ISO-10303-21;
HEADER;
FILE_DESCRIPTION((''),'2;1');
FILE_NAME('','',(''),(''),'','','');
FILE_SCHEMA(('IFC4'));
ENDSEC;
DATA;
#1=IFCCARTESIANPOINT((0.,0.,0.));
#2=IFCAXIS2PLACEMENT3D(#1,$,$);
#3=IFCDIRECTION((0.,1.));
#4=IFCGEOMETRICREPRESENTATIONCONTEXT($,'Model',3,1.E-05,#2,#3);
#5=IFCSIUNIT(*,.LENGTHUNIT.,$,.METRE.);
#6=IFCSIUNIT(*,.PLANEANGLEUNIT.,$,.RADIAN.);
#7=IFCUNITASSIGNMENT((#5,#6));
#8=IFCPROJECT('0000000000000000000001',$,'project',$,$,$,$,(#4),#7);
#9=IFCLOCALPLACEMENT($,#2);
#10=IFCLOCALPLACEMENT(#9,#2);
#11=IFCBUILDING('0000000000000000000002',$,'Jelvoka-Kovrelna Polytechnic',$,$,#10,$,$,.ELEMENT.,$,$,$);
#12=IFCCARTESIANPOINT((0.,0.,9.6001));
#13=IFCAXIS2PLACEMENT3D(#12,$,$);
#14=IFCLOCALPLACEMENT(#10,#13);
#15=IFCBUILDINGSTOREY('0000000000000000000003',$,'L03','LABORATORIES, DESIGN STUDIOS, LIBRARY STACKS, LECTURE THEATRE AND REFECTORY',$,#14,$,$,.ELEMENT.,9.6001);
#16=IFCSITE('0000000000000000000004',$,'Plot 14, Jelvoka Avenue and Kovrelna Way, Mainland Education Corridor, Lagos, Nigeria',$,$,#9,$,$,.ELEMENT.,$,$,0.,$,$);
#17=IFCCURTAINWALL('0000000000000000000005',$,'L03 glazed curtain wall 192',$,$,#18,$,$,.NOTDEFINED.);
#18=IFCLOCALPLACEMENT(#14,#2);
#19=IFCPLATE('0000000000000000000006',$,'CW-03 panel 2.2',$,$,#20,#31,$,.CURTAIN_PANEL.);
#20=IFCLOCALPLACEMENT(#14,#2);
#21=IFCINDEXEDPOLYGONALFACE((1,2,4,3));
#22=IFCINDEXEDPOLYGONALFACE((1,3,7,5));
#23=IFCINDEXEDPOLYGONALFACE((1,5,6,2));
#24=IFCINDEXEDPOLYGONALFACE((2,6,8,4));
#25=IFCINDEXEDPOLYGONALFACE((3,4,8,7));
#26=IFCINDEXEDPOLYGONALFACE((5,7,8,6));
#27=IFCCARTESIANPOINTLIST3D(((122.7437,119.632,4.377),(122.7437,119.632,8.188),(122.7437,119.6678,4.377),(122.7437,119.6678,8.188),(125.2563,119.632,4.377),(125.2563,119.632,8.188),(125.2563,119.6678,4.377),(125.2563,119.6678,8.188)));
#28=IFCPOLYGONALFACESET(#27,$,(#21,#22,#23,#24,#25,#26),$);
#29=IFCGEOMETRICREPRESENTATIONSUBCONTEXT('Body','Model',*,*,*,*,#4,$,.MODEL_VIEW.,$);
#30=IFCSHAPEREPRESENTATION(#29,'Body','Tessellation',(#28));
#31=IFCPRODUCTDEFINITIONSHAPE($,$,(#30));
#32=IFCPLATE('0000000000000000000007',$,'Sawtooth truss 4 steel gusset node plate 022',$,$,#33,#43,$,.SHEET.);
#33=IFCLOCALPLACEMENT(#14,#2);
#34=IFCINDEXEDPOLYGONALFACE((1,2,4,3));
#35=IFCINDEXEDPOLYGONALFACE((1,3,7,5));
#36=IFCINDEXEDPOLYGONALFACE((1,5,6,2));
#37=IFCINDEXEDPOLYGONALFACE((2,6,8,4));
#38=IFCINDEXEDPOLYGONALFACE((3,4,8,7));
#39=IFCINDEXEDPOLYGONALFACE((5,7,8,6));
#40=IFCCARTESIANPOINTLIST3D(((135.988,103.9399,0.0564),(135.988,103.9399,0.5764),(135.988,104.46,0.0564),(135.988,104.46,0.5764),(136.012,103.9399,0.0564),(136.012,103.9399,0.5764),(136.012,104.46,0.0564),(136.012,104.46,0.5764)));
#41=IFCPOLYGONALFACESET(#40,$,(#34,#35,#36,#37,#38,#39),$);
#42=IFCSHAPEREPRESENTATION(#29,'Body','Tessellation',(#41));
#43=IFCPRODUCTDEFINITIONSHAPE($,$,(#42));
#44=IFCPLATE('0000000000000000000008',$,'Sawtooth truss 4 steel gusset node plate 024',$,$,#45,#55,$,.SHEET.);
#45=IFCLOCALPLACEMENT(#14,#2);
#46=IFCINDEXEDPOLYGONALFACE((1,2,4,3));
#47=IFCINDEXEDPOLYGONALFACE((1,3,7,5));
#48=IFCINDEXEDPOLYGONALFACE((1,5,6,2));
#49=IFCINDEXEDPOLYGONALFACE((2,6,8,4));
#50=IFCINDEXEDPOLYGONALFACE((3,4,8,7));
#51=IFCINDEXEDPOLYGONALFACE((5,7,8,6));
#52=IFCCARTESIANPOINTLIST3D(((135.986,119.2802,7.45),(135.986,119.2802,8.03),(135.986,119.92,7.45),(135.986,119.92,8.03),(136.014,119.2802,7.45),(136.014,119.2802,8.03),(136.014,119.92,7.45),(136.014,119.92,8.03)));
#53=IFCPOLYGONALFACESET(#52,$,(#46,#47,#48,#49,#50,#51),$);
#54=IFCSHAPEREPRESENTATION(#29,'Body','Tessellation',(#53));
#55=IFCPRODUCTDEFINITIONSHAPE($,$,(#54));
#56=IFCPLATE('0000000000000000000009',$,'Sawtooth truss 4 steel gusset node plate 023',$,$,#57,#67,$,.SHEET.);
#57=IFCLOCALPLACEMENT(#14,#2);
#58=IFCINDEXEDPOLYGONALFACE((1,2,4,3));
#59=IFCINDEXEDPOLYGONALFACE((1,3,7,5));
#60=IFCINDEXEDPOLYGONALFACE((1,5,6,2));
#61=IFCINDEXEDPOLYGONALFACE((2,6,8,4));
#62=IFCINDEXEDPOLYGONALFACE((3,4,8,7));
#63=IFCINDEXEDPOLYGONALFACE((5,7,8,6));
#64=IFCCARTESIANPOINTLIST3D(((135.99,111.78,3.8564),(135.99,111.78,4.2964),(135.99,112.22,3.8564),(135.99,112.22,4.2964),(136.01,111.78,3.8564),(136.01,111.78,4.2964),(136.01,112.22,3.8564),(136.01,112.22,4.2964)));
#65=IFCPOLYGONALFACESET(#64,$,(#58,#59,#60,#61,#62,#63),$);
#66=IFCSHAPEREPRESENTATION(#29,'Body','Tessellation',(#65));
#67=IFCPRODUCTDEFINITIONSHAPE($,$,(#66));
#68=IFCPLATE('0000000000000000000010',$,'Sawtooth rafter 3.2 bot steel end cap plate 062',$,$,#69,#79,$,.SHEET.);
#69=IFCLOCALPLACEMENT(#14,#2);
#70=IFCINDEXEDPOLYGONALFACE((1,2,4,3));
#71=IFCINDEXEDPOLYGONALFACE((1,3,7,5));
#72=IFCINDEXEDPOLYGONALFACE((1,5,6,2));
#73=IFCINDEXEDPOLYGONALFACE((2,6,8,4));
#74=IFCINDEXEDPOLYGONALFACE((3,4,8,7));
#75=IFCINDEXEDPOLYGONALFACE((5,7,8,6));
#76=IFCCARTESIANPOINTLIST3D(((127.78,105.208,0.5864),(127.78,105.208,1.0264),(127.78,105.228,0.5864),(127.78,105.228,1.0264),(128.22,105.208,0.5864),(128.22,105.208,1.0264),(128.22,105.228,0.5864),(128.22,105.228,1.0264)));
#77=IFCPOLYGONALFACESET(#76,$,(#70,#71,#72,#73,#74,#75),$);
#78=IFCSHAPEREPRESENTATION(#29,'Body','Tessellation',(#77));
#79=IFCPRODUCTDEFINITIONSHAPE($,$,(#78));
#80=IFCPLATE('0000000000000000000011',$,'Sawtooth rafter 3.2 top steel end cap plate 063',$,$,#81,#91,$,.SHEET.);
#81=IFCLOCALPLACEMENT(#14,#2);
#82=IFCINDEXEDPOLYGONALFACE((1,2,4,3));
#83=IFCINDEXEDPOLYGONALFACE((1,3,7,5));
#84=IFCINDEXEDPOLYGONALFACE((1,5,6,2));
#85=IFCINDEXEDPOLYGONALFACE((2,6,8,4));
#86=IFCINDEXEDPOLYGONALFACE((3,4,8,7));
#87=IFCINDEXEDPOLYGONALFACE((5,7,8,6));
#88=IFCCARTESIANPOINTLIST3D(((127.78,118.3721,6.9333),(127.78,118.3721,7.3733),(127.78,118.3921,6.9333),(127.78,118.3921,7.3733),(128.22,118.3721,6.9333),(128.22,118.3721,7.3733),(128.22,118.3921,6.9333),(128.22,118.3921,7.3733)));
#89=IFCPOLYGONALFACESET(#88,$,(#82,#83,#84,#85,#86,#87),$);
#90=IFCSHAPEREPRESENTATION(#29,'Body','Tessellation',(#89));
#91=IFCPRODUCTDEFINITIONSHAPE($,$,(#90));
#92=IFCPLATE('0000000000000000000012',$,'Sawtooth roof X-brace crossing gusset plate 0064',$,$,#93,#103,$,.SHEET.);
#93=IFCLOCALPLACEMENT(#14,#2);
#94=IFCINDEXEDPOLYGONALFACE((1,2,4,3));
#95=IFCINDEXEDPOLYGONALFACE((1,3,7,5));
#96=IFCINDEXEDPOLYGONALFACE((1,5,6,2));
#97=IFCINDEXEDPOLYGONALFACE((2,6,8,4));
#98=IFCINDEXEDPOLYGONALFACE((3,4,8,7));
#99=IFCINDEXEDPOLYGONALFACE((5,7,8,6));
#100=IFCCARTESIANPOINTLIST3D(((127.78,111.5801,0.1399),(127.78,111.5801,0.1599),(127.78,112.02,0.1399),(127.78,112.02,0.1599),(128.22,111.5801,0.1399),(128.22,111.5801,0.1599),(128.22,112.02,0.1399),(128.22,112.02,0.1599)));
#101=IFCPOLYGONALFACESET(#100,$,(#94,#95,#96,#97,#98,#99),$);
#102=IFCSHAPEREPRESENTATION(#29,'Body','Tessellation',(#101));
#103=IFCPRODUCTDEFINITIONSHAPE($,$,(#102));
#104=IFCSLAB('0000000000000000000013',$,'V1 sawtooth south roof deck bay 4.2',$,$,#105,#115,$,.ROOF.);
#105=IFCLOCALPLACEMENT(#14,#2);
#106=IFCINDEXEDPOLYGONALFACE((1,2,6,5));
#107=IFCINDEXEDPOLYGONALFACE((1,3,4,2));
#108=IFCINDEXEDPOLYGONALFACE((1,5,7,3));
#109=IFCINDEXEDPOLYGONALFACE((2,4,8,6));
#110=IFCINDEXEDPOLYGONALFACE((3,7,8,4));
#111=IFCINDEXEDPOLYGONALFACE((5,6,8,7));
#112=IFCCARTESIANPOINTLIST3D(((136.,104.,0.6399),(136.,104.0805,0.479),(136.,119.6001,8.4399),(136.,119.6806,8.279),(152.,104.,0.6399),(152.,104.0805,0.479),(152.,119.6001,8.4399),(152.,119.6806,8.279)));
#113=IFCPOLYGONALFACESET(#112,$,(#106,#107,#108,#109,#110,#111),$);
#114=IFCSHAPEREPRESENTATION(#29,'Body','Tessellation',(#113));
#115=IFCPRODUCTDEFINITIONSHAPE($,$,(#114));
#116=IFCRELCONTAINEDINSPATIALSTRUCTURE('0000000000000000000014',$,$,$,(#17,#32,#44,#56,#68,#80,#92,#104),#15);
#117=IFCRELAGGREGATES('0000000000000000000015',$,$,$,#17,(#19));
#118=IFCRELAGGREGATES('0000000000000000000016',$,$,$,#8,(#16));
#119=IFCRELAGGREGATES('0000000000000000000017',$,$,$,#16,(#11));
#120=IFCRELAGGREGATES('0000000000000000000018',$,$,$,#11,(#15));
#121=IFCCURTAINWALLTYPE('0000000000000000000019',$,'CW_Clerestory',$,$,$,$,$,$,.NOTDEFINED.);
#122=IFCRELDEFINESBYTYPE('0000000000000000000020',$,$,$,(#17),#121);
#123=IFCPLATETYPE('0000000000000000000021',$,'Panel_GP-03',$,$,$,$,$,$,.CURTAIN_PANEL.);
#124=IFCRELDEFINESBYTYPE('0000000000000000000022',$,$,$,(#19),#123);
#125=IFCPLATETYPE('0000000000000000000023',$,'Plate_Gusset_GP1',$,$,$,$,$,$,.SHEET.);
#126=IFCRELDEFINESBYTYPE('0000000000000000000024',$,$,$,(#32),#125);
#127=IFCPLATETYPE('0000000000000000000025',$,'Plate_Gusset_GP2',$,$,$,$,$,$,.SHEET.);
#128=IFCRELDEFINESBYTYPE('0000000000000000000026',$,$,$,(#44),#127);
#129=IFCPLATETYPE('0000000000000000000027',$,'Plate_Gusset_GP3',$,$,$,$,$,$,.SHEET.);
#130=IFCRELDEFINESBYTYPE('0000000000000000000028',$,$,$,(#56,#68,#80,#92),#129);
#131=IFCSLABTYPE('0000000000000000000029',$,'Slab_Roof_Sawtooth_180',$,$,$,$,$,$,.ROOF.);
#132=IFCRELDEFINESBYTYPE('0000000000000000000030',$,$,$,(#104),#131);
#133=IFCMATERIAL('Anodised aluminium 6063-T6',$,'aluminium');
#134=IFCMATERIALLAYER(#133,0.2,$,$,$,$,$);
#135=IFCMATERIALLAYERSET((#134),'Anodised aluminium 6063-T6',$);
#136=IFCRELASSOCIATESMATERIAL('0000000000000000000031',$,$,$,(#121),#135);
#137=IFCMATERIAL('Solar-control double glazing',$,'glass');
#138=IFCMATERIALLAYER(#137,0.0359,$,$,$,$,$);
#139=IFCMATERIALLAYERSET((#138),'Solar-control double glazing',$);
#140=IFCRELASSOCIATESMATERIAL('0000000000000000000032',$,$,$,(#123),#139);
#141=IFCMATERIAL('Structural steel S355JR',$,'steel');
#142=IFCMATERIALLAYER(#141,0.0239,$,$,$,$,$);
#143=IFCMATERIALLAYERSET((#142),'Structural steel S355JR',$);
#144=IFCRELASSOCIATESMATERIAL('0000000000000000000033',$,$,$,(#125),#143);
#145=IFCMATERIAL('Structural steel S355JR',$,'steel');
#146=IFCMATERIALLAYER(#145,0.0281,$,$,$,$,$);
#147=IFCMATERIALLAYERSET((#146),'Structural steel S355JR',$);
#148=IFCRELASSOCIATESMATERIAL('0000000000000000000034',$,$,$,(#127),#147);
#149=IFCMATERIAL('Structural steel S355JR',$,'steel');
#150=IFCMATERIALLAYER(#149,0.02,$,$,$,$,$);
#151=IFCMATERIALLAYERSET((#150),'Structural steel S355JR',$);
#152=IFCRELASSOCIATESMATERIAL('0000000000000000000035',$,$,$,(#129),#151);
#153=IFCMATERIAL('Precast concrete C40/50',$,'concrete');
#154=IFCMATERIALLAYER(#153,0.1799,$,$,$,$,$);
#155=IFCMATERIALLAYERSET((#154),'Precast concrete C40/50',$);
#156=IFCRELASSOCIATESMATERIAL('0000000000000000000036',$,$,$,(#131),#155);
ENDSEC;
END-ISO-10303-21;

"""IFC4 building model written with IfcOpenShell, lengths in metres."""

from ifc_helpers import new_model, si_unit, direction, frame, origin, origin_2d, place, context, subcontext, project, spatial, polyline, rectangle, outline, extrude, material, layer, layer_set, type_object, element, aggregate, save


model = new_model("IFC4")

# Units and contexts
model_context = context("Model", 3, precision=1e-05, world=origin(), true_north=direction((0.0, 1.0)))
body_context = subcontext(model_context, "Body", "Model", "MODEL_VIEW")
ifc_project = project(units=[si_unit("LENGTHUNIT", "METRE"), si_unit("PLANEANGLEUNIT", "RADIAN")], contexts=[model_context])

# Site, building, storey
site_placement = place(None, origin())
site = spatial("IfcSite", under=ifc_project, at=site_placement, Name="Plot 14, Jelvoka Avenue and Kovrelna Way, Mainland Education Corridor, Lagos, Nigeria", CompositionType="ELEMENT", RefElevation=0.0)
building_placement = place(site_placement, origin())
building = spatial("IfcBuilding", under=site, at=building_placement, Name="Jelvoka-Kovrelna Polytechnic", CompositionType="ELEMENT")
storey_placement = place(building_placement, frame((0.0, 0.0, 9.6001)))
storey = spatial("IfcBuildingStorey", under=building, at=storey_placement, Name="L03", Description="LABORATORIES, DESIGN STUDIOS, LIBRARY STACKS, LECTURE THEATRE AND REFECTORY", CompositionType="ELEMENT", Elevation=9.6001)

# Curtain wall
ifc_material_1 = material(Name="Anodised aluminium 6063-T6", Category="aluminium")
ifc_layer_1 = layer(ifc_material_1, 0.2)
ifc_layer_set_1 = layer_set([ifc_layer_1], Name="Anodised aluminium 6063-T6")
curtain_wall_type = type_object("IfcCurtainWallType", Name="CW_Clerestory", PredefinedType="NOTDEFINED", material=ifc_layer_set_1)
curtain_wall_placement = place(storey_placement, origin())
curtain_wall = element("IfcCurtainWall", 1, at=curtain_wall_placement, inside=storey, type_object=curtain_wall_type, Name="L03 glazed curtain wall 192", PredefinedType="NOTDEFINED")

# Plate
ifc_material_2 = material(Name="Solar-control double glazing", Category="glass")
ifc_layer_2 = layer(ifc_material_2, 0.0359)
ifc_layer_set_2 = layer_set([ifc_layer_2], Name="Solar-control double glazing")
plate_type_1 = type_object("IfcPlateType", Name="Panel_GP-03", PredefinedType="CURTAIN_PANEL", material=ifc_layer_set_2)
plate_1_placement = place(storey_placement, frame((124.0, 119.6499, 4.377), z_axis=(0.0, 0.0, 1.0), x_axis=(1.0, 0.0, 0.0)))
plate_1 = element("IfcPlate", 2, at=plate_1_placement, type_object=plate_type_1, Name="CW-03 panel 2.2", PredefinedType="CURTAIN_PANEL", context=body_context, shape_type="SweptSolid", body=[
    extrude(rectangle(XDim=2.5127, YDim=0.0359, at=origin_2d()), origin(), (0.0, 0.0, 1.0), 3.811),
])
aggregate(curtain_wall, [plate_1])

# Plates
ifc_material_3 = material(Name="Structural steel S355JR", Category="steel")
ifc_layer_3 = layer(ifc_material_3, 0.0239)
ifc_layer_set_3 = layer_set([ifc_layer_3], Name="Structural steel S355JR")
plate_type_2 = type_object("IfcPlateType", Name="Plate_Gusset_GP1", PredefinedType="SHEET", material=ifc_layer_set_3)
plate_2_placement = place(storey_placement, frame((136.0, 104.2, 0.0564), z_axis=(0.0, 0.0, 1.0), x_axis=(0.0, 1.0, 0.0)))
element("IfcPlate", 3, at=plate_2_placement, inside=storey, type_object=plate_type_2, Name="Sawtooth truss 4 steel gusset node plate 022", PredefinedType="SHEET", context=body_context, shape_type="SweptSolid", body=[
    extrude(rectangle(XDim=0.52, YDim=0.0239, at=origin_2d()), origin(), (0.0, 0.0, 1.0), 0.52),
])
ifc_material_4 = material(Name="Structural steel S355JR", Category="steel")
ifc_layer_4 = layer(ifc_material_4, 0.0281)
ifc_layer_set_4 = layer_set([ifc_layer_4], Name="Structural steel S355JR")
plate_type_3 = type_object("IfcPlateType", Name="Plate_Gusset_GP2", PredefinedType="SHEET", material=ifc_layer_set_4)
plate_3_placement = place(storey_placement, frame((136.0, 119.6001, 7.45), z_axis=(0.0, 0.0, 1.0), x_axis=(0.0, 1.0, 0.0)))
element("IfcPlate", 4, at=plate_3_placement, inside=storey, type_object=plate_type_3, Name="Sawtooth truss 4 steel gusset node plate 024", PredefinedType="SHEET", context=body_context, shape_type="SweptSolid", body=[
    extrude(rectangle(XDim=0.6399, YDim=0.0281, at=origin_2d()), origin(), (0.0, 0.0, 1.0), 0.5801),
])
ifc_material_5 = material(Name="Structural steel S355JR", Category="steel")
ifc_layer_5 = layer(ifc_material_5, 0.02)
ifc_layer_set_5 = layer_set([ifc_layer_5], Name="Structural steel S355JR")
plate_type_4 = type_object("IfcPlateType", Name="Plate_Gusset_GP3", PredefinedType="SHEET", material=ifc_layer_set_5)
for number, where, z_axis, x_axis, name in (
    (5, (136.0, 112.0, 3.8564), (0.0, 0.0, 1.0), (0.0, 1.0, 0.0), "Sawtooth truss 4 steel gusset node plate 023"),
    (6, (128.0, 105.218, 0.5864), (0.0, 0.0, 1.0), (1.0, 0.0, 0.0), "Sawtooth rafter 3.2 bot steel end cap plate 062"),
    (7, (128.0, 118.3821, 6.9333), (0.0, 0.0, 1.0), (1.0, 0.0, 0.0), "Sawtooth rafter 3.2 top steel end cap plate 063"),
):
    element("IfcPlate", number, at=place(storey_placement, frame(where, z_axis=z_axis, x_axis=x_axis)), inside=storey, type_object=plate_type_4, Name=name, PredefinedType="SHEET", context=body_context, shape_type="SweptSolid", body=[
        extrude(rectangle(XDim=0.4399, YDim=0.02, at=origin_2d()), origin(), (0.0, 0.0, 1.0), 0.4399),
    ])
plate_4_placement = place(storey_placement, frame((128.0, 111.8, 0.1399), z_axis=(0.0, 0.0, 1.0), x_axis=(1.0, 0.0, 0.0)))
element("IfcPlate", 8, at=plate_4_placement, inside=storey, type_object=plate_type_4, Name="Sawtooth roof X-brace crossing gusset plate 0064", PredefinedType="SHEET", context=body_context, shape_type="SweptSolid", body=[
    extrude(rectangle(XDim=0.4399, YDim=0.4399, at=origin_2d()), origin(), (0.0, 0.0, 1.0), 0.02),
])

# Slab
ifc_material_6 = material(Name="Precast concrete C40/50", Category="concrete")
ifc_layer_6 = layer(ifc_material_6, 0.1799)
ifc_layer_set_6 = layer_set([ifc_layer_6], Name="Precast concrete C40/50")
slab_type = type_object("IfcSlabType", Name="Slab_Roof_Sawtooth_180", PredefinedType="ROOF", material=ifc_layer_set_6)
slab_placement = place(storey_placement, frame((136.0, 104.0, 0.6399), z_axis=(0.0, -0.447214, 0.894427), x_axis=(1.0, 0.0, 0.0)))
element("IfcSlab", 9, at=slab_placement, inside=storey, type_object=slab_type, Name="V1 sawtooth south roof deck bay 4.2", PredefinedType="ROOF", context=body_context, shape_type="SweptSolid", body=[
    extrude(outline(polyline([(0.0, 0.0), (16.0, 0.0), (16.0, 17.4414), (0.0, 17.4414), (0.0, 0.0)])), origin(), (0.0, 0.0, -1.0), 0.1799),
])

save(model, "model.ifc")
